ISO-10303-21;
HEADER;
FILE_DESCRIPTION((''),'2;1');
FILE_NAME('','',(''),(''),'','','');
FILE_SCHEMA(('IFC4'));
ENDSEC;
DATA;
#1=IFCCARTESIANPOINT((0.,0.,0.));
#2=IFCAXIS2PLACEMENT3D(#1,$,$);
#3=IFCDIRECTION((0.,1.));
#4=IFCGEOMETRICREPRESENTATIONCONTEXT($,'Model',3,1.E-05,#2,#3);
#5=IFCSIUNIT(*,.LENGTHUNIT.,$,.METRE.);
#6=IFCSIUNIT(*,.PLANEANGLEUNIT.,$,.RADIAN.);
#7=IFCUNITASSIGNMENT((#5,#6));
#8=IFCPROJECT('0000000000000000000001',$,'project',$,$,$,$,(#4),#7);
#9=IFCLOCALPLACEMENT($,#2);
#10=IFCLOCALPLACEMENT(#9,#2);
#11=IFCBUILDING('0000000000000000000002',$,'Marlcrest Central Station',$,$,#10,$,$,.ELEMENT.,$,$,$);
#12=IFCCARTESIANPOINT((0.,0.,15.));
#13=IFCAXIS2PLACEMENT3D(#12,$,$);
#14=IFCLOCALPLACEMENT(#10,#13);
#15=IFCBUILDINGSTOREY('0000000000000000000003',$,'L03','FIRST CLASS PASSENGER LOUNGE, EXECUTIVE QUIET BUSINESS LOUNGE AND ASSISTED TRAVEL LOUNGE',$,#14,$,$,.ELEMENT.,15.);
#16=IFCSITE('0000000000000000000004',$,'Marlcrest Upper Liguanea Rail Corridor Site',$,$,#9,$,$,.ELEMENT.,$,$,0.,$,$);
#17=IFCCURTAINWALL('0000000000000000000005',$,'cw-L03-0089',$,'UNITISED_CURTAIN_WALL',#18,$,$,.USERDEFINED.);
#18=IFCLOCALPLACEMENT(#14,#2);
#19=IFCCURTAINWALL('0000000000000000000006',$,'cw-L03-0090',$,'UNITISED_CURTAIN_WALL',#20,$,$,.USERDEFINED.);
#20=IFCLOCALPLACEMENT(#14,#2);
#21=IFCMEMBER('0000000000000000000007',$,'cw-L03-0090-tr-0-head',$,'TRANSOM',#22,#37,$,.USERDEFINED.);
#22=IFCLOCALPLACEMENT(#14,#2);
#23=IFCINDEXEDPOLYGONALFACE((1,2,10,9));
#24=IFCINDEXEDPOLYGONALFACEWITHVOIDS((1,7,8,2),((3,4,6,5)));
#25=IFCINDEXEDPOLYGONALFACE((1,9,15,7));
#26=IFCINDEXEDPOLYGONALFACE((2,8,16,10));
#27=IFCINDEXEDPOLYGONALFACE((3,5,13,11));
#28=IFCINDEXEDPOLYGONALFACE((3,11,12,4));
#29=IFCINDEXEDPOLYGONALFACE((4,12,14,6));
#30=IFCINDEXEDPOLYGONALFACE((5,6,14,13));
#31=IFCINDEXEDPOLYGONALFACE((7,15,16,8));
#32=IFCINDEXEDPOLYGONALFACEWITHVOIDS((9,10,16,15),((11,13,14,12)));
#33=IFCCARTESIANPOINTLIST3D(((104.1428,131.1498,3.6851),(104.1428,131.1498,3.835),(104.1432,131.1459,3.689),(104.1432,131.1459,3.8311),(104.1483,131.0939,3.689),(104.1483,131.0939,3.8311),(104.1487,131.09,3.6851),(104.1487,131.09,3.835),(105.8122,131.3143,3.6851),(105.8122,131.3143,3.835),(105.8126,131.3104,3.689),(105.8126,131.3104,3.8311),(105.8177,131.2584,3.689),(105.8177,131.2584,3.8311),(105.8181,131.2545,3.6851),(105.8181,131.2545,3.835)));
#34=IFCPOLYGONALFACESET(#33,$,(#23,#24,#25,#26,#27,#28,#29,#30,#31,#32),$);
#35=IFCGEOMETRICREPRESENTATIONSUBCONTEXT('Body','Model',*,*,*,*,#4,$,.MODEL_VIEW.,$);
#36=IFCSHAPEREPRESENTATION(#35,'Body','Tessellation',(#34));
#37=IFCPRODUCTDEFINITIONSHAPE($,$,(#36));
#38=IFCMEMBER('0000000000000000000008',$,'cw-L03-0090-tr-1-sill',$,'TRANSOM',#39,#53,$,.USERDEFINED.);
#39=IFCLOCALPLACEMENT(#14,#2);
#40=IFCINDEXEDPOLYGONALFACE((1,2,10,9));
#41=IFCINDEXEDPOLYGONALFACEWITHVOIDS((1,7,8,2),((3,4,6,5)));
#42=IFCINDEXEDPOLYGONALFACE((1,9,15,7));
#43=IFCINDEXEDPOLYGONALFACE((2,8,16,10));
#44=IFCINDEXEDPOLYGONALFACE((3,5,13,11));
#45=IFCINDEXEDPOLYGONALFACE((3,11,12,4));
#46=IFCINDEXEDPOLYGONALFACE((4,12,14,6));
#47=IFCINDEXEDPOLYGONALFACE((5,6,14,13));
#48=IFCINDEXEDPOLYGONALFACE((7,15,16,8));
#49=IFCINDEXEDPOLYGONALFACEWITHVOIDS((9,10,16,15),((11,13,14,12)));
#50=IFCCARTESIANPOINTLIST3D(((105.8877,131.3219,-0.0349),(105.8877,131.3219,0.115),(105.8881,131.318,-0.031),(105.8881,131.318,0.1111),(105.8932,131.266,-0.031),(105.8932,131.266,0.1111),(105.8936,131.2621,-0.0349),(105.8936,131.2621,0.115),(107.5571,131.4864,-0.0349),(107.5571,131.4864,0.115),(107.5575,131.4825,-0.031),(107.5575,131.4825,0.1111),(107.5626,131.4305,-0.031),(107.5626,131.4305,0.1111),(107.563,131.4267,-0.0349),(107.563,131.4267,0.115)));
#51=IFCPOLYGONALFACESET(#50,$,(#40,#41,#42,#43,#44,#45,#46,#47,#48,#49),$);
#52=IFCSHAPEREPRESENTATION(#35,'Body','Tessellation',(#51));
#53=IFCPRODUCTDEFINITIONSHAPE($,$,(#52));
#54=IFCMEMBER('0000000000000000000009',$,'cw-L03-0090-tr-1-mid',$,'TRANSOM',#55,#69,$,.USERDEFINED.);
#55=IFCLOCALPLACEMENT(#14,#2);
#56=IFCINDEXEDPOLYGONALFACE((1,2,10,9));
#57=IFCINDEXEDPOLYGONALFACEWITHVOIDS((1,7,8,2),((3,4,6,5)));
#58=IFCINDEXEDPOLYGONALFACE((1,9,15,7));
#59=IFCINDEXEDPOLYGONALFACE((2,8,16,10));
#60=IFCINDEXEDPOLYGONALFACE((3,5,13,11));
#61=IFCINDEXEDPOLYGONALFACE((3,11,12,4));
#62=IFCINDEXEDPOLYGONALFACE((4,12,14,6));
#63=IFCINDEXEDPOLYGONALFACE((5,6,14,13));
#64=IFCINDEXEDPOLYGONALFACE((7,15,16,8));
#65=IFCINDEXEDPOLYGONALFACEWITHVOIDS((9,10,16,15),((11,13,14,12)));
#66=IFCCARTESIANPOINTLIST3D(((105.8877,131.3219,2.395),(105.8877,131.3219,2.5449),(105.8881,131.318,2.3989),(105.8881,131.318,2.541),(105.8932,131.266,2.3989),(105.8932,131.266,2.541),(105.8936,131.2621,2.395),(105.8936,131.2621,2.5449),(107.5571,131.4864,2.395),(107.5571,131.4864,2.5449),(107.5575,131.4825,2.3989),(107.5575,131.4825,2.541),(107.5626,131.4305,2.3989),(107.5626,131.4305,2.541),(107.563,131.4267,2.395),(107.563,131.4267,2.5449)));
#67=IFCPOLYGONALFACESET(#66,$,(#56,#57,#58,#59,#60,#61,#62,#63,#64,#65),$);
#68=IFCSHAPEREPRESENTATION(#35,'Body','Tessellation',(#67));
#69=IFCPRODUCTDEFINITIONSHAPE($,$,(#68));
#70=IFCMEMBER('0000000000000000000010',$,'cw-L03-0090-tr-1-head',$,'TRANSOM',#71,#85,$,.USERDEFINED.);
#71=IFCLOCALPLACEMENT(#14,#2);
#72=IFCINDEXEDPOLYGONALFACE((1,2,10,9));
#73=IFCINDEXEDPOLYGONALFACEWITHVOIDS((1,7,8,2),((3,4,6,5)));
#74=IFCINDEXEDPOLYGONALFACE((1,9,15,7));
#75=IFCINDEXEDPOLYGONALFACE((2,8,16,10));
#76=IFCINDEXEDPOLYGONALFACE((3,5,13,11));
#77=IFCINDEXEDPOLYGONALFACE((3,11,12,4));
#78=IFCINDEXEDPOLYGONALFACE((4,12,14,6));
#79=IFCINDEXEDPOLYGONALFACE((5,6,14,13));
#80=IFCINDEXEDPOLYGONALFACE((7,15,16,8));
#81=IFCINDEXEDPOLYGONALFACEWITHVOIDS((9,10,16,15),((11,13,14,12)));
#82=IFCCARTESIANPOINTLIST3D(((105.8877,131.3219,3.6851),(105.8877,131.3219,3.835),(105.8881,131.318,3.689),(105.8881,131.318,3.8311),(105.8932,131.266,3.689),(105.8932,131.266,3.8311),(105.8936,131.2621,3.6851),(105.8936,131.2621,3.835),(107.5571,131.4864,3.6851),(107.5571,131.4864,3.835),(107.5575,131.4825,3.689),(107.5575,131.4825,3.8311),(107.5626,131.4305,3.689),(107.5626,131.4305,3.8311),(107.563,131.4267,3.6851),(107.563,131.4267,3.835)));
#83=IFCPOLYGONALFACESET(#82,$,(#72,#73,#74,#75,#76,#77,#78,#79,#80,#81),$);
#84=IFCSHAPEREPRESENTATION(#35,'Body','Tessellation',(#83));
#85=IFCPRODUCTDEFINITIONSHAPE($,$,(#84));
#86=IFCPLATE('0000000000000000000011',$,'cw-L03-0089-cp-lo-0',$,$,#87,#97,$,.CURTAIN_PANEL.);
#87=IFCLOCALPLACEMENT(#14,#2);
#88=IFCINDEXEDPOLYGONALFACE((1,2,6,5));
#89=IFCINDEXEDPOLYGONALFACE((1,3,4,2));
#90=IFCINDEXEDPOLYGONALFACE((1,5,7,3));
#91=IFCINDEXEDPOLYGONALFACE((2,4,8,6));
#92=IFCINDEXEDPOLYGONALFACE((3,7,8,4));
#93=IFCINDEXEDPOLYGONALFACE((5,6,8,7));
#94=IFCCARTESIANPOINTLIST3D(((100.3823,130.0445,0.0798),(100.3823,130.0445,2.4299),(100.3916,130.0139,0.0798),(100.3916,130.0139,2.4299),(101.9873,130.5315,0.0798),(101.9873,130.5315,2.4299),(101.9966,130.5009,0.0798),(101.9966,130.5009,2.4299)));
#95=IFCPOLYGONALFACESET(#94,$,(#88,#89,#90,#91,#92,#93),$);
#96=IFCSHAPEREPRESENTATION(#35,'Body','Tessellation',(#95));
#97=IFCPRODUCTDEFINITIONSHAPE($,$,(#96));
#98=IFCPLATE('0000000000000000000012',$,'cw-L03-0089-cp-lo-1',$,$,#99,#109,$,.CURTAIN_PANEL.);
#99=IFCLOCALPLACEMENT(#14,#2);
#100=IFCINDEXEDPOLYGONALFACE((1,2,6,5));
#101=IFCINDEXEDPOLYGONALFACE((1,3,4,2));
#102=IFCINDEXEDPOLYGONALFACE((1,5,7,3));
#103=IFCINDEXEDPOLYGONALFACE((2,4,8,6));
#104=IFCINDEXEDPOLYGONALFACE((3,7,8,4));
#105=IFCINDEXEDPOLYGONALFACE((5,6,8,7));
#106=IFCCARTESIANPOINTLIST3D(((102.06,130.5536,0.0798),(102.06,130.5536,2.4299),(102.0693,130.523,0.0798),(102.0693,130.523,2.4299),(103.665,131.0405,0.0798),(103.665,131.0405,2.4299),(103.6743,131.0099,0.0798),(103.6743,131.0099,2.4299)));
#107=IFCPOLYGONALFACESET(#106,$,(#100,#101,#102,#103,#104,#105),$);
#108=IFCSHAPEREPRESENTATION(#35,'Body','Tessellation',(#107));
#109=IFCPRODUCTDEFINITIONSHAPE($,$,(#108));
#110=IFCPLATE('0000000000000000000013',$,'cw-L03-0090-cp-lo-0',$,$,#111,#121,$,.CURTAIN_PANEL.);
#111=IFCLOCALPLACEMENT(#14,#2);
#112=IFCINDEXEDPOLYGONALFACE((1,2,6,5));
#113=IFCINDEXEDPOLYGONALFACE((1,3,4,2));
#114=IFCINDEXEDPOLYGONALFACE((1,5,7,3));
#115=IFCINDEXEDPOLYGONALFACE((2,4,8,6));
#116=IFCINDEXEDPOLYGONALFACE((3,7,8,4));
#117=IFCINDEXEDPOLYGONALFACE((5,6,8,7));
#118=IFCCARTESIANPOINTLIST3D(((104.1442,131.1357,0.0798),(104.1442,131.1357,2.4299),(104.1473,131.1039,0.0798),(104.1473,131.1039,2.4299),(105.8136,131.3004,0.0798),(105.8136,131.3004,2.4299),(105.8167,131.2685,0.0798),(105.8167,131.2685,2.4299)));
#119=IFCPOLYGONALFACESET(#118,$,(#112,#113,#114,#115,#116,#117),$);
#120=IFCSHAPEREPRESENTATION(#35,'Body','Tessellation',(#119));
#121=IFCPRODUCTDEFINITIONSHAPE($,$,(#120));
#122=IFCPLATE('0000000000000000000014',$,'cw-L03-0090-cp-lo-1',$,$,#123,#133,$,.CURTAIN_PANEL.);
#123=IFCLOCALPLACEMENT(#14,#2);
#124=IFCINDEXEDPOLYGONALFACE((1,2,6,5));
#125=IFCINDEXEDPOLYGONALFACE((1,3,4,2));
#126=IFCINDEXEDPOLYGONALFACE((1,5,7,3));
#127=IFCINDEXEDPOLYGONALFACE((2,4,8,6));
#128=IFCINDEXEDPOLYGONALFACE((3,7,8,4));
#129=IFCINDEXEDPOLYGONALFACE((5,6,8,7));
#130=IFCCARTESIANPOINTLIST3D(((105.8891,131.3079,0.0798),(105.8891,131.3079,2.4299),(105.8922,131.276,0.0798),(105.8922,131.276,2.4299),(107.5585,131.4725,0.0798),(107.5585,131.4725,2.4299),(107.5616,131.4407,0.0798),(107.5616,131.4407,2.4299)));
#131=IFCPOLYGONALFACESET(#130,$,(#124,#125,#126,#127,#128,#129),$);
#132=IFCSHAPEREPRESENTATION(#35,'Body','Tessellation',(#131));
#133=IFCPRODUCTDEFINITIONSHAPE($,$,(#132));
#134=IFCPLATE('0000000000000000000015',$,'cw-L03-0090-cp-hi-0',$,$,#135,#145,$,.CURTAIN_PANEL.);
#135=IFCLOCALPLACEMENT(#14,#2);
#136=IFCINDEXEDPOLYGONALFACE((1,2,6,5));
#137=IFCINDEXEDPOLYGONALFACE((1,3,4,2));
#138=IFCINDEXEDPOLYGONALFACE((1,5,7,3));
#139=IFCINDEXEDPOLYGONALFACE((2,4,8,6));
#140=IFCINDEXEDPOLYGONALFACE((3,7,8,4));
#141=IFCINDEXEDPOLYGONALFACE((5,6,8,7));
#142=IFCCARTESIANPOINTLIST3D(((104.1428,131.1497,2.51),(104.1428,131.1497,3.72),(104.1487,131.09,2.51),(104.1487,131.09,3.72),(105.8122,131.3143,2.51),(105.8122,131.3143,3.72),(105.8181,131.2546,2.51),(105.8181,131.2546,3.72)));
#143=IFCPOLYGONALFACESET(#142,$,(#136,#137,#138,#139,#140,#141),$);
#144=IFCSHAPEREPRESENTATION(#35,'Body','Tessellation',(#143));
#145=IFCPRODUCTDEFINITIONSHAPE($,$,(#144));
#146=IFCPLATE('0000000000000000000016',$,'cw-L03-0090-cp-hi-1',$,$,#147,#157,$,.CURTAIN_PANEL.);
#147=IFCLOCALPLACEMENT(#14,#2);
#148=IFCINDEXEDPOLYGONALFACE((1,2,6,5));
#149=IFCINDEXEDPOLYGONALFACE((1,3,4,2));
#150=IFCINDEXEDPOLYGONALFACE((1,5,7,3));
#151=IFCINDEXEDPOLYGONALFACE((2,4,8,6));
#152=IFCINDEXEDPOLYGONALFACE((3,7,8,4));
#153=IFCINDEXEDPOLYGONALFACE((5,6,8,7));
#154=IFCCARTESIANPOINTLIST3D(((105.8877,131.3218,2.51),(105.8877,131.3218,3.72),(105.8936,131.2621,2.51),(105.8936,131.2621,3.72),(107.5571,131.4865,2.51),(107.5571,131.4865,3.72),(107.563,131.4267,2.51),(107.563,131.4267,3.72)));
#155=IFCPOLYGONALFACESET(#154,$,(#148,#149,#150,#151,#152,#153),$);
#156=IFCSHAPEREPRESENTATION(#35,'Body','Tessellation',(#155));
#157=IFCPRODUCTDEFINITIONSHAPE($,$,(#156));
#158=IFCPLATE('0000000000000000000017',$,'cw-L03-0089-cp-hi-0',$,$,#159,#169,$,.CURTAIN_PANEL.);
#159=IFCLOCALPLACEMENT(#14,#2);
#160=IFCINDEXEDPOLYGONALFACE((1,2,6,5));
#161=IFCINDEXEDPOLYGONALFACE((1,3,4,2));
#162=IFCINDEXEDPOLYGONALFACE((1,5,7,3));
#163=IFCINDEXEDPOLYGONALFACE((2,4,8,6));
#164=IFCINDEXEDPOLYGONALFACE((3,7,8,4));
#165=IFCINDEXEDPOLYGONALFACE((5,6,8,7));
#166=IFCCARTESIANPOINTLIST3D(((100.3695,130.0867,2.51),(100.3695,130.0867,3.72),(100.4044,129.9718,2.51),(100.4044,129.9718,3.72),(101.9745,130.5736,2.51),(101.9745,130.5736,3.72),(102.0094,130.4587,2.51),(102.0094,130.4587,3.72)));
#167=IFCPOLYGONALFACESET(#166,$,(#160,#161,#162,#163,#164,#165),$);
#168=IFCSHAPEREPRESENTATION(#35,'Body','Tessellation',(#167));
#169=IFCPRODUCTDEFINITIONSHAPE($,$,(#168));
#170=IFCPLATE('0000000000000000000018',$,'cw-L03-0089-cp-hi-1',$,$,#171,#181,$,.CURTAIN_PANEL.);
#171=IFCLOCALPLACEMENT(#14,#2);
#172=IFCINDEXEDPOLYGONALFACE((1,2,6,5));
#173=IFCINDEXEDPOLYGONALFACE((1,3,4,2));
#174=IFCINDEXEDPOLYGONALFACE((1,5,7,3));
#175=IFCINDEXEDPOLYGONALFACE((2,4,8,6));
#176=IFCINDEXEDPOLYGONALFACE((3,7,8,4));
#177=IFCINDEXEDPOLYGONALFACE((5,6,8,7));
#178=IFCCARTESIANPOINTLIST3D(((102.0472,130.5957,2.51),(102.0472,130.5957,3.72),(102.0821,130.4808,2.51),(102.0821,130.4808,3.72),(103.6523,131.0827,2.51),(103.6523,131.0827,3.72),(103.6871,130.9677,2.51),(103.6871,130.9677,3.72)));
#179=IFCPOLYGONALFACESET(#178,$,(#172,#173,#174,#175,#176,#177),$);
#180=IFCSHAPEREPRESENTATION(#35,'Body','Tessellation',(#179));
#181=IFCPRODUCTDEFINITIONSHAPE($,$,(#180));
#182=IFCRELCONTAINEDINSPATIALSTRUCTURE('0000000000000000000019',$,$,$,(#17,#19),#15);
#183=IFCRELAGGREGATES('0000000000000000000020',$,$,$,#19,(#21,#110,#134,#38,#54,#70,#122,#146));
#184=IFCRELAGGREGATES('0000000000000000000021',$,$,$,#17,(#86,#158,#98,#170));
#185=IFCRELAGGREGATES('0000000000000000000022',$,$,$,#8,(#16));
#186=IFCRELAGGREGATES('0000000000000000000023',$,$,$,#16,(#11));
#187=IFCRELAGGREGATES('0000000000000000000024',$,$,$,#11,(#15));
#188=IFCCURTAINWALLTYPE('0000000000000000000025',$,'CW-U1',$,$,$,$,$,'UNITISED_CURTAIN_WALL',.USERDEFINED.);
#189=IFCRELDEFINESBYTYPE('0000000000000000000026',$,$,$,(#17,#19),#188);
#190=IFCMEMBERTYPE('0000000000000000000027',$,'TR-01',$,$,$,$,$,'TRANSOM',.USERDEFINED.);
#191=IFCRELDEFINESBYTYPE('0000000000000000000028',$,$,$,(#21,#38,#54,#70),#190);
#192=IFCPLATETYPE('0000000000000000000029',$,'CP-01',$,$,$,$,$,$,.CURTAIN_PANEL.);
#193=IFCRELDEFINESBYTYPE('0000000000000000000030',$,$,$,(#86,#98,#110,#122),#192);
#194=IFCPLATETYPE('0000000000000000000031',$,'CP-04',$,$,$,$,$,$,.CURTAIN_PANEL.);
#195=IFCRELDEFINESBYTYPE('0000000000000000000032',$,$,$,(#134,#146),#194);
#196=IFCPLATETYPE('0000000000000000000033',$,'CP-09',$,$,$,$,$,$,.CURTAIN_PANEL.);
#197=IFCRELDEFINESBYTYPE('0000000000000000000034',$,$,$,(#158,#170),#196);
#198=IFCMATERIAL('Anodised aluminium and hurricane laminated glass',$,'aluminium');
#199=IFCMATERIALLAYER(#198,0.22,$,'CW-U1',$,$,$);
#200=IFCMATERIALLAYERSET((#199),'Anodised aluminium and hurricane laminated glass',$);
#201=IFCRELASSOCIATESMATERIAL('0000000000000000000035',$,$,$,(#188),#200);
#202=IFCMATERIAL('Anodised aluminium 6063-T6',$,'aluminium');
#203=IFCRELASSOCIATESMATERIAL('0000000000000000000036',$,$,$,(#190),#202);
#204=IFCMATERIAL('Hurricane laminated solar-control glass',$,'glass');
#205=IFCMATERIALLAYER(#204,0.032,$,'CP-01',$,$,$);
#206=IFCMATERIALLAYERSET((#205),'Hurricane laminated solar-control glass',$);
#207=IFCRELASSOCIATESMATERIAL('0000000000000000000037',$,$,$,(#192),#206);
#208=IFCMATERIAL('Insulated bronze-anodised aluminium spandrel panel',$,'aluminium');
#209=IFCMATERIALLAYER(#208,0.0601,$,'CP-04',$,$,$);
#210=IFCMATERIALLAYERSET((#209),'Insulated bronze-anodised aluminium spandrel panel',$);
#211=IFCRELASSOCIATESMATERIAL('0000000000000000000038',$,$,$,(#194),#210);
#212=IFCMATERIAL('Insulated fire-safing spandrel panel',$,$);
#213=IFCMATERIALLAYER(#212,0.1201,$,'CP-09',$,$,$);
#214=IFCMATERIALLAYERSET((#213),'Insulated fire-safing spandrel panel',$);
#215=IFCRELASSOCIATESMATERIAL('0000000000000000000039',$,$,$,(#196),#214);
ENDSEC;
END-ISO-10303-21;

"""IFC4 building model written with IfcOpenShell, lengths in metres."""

from ifc_helpers import new_model, si_unit, direction, frame, origin, origin_2d, place, context, subcontext, project, spatial, rectangle, hollow_rectangle, extrude, material, layer, layer_set, material_profile, profile_set, type_object, element, aggregate, save


model = new_model("IFC4")

# Units and contexts
model_context = context("Model", 3, precision=1e-05, world=origin(), true_north=direction((0.0, 1.0)))
body_context = subcontext(model_context, "Body", "Model", "MODEL_VIEW")
ifc_project = project(units=[si_unit("LENGTHUNIT", "METRE"), si_unit("PLANEANGLEUNIT", "RADIAN")], contexts=[model_context])

# Site, building, storey
site_placement = place(None, origin())
site = spatial("IfcSite", under=ifc_project, at=site_placement, Name="Marlcrest Upper Liguanea Rail Corridor Site", CompositionType="ELEMENT", RefElevation=0.0)
building_placement = place(site_placement, origin())
building = spatial("IfcBuilding", under=site, at=building_placement, Name="Marlcrest Central Station", CompositionType="ELEMENT")
storey_placement = place(building_placement, frame((0.0, 0.0, 15.0)))
storey = spatial("IfcBuildingStorey", under=building, at=storey_placement, Name="L03", Description="FIRST CLASS PASSENGER LOUNGE, EXECUTIVE QUIET BUSINESS LOUNGE AND ASSISTED TRAVEL LOUNGE", CompositionType="ELEMENT", Elevation=15.0)

# Curtain walls
ifc_material_1 = material(Name="Anodised aluminium and hurricane laminated glass", Category="aluminium")
ifc_layer_1 = layer(ifc_material_1, 0.22, Name="CW-U1")
ifc_layer_set_1 = layer_set([ifc_layer_1], Name="Anodised aluminium and hurricane laminated glass")
curtain_wall_type = type_object("IfcCurtainWallType", Name="CW-U1", ElementType="UNITISED_CURTAIN_WALL", PredefinedType="USERDEFINED", material=ifc_layer_set_1)
curtain_wall_1_placement = place(storey_placement, origin())
curtain_wall_1 = element("IfcCurtainWall", 1, at=curtain_wall_1_placement, inside=storey, type_object=curtain_wall_type, Name="cw-L03-0089", ObjectType="UNITISED_CURTAIN_WALL", PredefinedType="USERDEFINED")
ifc_material_2 = material(Name="Anodised aluminium 6063-T6", Category="aluminium")
curtain_wall_2_placement = place(storey_placement, origin())
curtain_wall_2 = element("IfcCurtainWall", 2, at=curtain_wall_2_placement, inside=storey, type_object=curtain_wall_type, Name="cw-L03-0090", ObjectType="UNITISED_CURTAIN_WALL", PredefinedType="USERDEFINED")

# Members
ifc_material_profile_1 = material_profile(ifc_material_2, hollow_rectangle(XDim=0.0601, YDim=0.1499, WallThickness=0.0039, at=origin_2d()), Name="AA-RHS 150x60x4")
ifc_profile_set_1 = profile_set([ifc_material_profile_1], Name="Anodised aluminium 6063-T6")
member_type_1 = type_object("IfcMemberType", Name="TR-01", ElementType="TRANSOM", PredefinedType="USERDEFINED", material=ifc_profile_set_1)
member_1_placement = place(storey_placement, frame((104.1458, 131.1199, 3.76), z_axis=(0.995177, 0.098091, 0.0), x_axis=(-0.098091, 0.995177, 0.0)))
member_1 = element("IfcMember", 3, at=member_1_placement, type_object=member_type_1, Name="cw-L03-0090-tr-0-head", ObjectType="TRANSOM", PredefinedType="USERDEFINED", context=body_context, shape_type="SweptSolid", body=[
    extrude(hollow_rectangle(XDim=0.0601, YDim=0.1499, WallThickness=0.0039, at=origin_2d()), origin(), (0.0, 0.0, 1.0), 1.6775),
])
member_2_placement = place(storey_placement, frame((105.8906, 131.292, 0.04), z_axis=(0.995177, 0.098091, 0.0), x_axis=(-0.098091, 0.995177, 0.0)))
member_2 = element("IfcMember", 4, at=member_2_placement, type_object=member_type_1, Name="cw-L03-0090-tr-1-sill", ObjectType="TRANSOM", PredefinedType="USERDEFINED", context=body_context, shape_type="SweptSolid", body=[
    extrude(hollow_rectangle(XDim=0.0601, YDim=0.1499, WallThickness=0.0039, at=origin_2d()), origin(), (0.0, 0.0, 1.0), 1.6775),
])
member_3_placement = place(storey_placement, frame((105.8906, 131.292, 2.47), z_axis=(0.995177, 0.098091, 0.0), x_axis=(-0.098091, 0.995177, 0.0)))
member_3 = element("IfcMember", 5, at=member_3_placement, type_object=member_type_1, Name="cw-L03-0090-tr-1-mid", ObjectType="TRANSOM", PredefinedType="USERDEFINED", context=body_context, shape_type="SweptSolid", body=[
    extrude(hollow_rectangle(XDim=0.0601, YDim=0.1499, WallThickness=0.0039, at=origin_2d()), origin(), (0.0, 0.0, 1.0), 1.6775),
])
member_4_placement = place(storey_placement, frame((105.8906, 131.292, 3.76), z_axis=(0.995177, 0.098091, 0.0), x_axis=(-0.098091, 0.995177, 0.0)))
member_4 = element("IfcMember", 6, at=member_4_placement, type_object=member_type_1, Name="cw-L03-0090-tr-1-head", ObjectType="TRANSOM", PredefinedType="USERDEFINED", context=body_context, shape_type="SweptSolid", body=[
    extrude(hollow_rectangle(XDim=0.0601, YDim=0.1499, WallThickness=0.0039, at=origin_2d()), origin(), (0.0, 0.0, 1.0), 1.6775),
])

# Plates
ifc_material_3 = material(Name="Hurricane laminated solar-control glass", Category="glass")
ifc_layer_2 = layer(ifc_material_3, 0.032, Name="CP-01")
ifc_layer_set_2 = layer_set([ifc_layer_2], Name="Hurricane laminated solar-control glass")
plate_type_1 = type_object("IfcPlateType", Name="CP-01", PredefinedType="CURTAIN_PANEL", material=ifc_layer_set_2)
plate_1_placement = place(storey_placement, frame((101.1895, 130.2727, 0.0798), z_axis=(0.0, 0.0, 1.0), x_axis=(0.95693, 0.290318, 0.0)))
plate_1 = element("IfcPlate", 7, at=plate_1_placement, type_object=plate_type_1, Name="cw-L03-0089-cp-lo-0", PredefinedType="CURTAIN_PANEL", context=body_context, shape_type="SweptSolid", body=[
    extrude(rectangle(XDim=1.6772, YDim=0.032, at=origin_2d()), origin(), (0.0, 0.0, 1.0), 2.3501),
])
plate_2_placement = place(storey_placement, frame((102.8672, 130.7817, 0.0798), z_axis=(0.0, 0.0, 1.0), x_axis=(0.95693, 0.290318, 0.0)))
plate_2 = element("IfcPlate", 8, at=plate_2_placement, type_object=plate_type_1, Name="cw-L03-0089-cp-lo-1", PredefinedType="CURTAIN_PANEL", context=body_context, shape_type="SweptSolid", body=[
    extrude(rectangle(XDim=1.6772, YDim=0.032, at=origin_2d()), origin(), (0.0, 0.0, 1.0), 2.3501),
])
plate_3_placement = place(storey_placement, frame((104.9805, 131.2021, 0.0798), z_axis=(0.0, 0.0, 1.0), x_axis=(0.995173, 0.098139, 0.0)))
plate_3 = element("IfcPlate", 9, at=plate_3_placement, type_object=plate_type_1, Name="cw-L03-0090-cp-lo-0", PredefinedType="CURTAIN_PANEL", context=body_context, shape_type="SweptSolid", body=[
    extrude(rectangle(XDim=1.6775, YDim=0.032, at=origin_2d()), origin(), (0.0, 0.0, 1.0), 2.3501),
])
plate_4_placement = place(storey_placement, frame((106.7253, 131.3743, 0.0798), z_axis=(0.0, 0.0, 1.0), x_axis=(0.995173, 0.098139, 0.0)))
plate_4 = element("IfcPlate", 10, at=plate_4_placement, type_object=plate_type_1, Name="cw-L03-0090-cp-lo-1", PredefinedType="CURTAIN_PANEL", context=body_context, shape_type="SweptSolid", body=[
    extrude(rectangle(XDim=1.6775, YDim=0.032, at=origin_2d()), origin(), (0.0, 0.0, 1.0), 2.3501),
])
ifc_material_4 = material(Name="Insulated bronze-anodised aluminium spandrel panel", Category="aluminium")
ifc_layer_3 = layer(ifc_material_4, 0.0601, Name="CP-04")
ifc_layer_set_3 = layer_set([ifc_layer_3], Name="Insulated bronze-anodised aluminium spandrel panel")
plate_type_2 = type_object("IfcPlateType", Name="CP-04", PredefinedType="CURTAIN_PANEL", material=ifc_layer_set_3)
plate_5_placement = place(storey_placement, frame((104.9805, 131.2021, 2.51), z_axis=(0.0, 0.0, 1.0), x_axis=(0.995173, 0.098139, 0.0)))
plate_5 = element("IfcPlate", 11, at=plate_5_placement, type_object=plate_type_2, Name="cw-L03-0090-cp-hi-0", PredefinedType="CURTAIN_PANEL", context=body_context, shape_type="SweptSolid", body=[
    extrude(rectangle(XDim=1.6775, YDim=0.0601, at=origin_2d()), origin(), (0.0, 0.0, 1.0), 1.21),
])
plate_6_placement = place(storey_placement, frame((106.7253, 131.3743, 2.51), z_axis=(0.0, 0.0, 1.0), x_axis=(0.995173, 0.098139, 0.0)))
plate_6 = element("IfcPlate", 12, at=plate_6_placement, type_object=plate_type_2, Name="cw-L03-0090-cp-hi-1", PredefinedType="CURTAIN_PANEL", context=body_context, shape_type="SweptSolid", body=[
    extrude(rectangle(XDim=1.6775, YDim=0.0601, at=origin_2d()), origin(), (0.0, 0.0, 1.0), 1.21),
])
aggregate(curtain_wall_2, [member_1, plate_3, plate_5, member_2, member_3, member_4, plate_4, plate_6])
ifc_material_5 = material(Name="Insulated fire-safing spandrel panel")
ifc_layer_4 = layer(ifc_material_5, 0.1201, Name="CP-09")
ifc_layer_set_4 = layer_set([ifc_layer_4], Name="Insulated fire-safing spandrel panel")
plate_type_3 = type_object("IfcPlateType", Name="CP-09", PredefinedType="CURTAIN_PANEL", material=ifc_layer_set_4)
plate_7_placement = place(storey_placement, frame((101.1895, 130.2727, 2.51), z_axis=(0.0, 0.0, 1.0), x_axis=(0.95693, 0.290318, 0.0)))
plate_7 = element("IfcPlate", 13, at=plate_7_placement, type_object=plate_type_3, Name="cw-L03-0089-cp-hi-0", PredefinedType="CURTAIN_PANEL", context=body_context, shape_type="SweptSolid", body=[
    extrude(rectangle(XDim=1.6772, YDim=0.1201, at=origin_2d()), origin(), (0.0, 0.0, 1.0), 1.21),
])
plate_8_placement = place(storey_placement, frame((102.8672, 130.7817, 2.51), z_axis=(0.0, 0.0, 1.0), x_axis=(0.95693, 0.290318, 0.0)))
plate_8 = element("IfcPlate", 14, at=plate_8_placement, type_object=plate_type_3, Name="cw-L03-0089-cp-hi-1", PredefinedType="CURTAIN_PANEL", context=body_context, shape_type="SweptSolid", body=[
    extrude(rectangle(XDim=1.6772, YDim=0.1201, at=origin_2d()), origin(), (0.0, 0.0, 1.0), 1.21),
])
aggregate(curtain_wall_1, [plate_1, plate_7, plate_2, plate_8])

save(model, "model.ifc")
